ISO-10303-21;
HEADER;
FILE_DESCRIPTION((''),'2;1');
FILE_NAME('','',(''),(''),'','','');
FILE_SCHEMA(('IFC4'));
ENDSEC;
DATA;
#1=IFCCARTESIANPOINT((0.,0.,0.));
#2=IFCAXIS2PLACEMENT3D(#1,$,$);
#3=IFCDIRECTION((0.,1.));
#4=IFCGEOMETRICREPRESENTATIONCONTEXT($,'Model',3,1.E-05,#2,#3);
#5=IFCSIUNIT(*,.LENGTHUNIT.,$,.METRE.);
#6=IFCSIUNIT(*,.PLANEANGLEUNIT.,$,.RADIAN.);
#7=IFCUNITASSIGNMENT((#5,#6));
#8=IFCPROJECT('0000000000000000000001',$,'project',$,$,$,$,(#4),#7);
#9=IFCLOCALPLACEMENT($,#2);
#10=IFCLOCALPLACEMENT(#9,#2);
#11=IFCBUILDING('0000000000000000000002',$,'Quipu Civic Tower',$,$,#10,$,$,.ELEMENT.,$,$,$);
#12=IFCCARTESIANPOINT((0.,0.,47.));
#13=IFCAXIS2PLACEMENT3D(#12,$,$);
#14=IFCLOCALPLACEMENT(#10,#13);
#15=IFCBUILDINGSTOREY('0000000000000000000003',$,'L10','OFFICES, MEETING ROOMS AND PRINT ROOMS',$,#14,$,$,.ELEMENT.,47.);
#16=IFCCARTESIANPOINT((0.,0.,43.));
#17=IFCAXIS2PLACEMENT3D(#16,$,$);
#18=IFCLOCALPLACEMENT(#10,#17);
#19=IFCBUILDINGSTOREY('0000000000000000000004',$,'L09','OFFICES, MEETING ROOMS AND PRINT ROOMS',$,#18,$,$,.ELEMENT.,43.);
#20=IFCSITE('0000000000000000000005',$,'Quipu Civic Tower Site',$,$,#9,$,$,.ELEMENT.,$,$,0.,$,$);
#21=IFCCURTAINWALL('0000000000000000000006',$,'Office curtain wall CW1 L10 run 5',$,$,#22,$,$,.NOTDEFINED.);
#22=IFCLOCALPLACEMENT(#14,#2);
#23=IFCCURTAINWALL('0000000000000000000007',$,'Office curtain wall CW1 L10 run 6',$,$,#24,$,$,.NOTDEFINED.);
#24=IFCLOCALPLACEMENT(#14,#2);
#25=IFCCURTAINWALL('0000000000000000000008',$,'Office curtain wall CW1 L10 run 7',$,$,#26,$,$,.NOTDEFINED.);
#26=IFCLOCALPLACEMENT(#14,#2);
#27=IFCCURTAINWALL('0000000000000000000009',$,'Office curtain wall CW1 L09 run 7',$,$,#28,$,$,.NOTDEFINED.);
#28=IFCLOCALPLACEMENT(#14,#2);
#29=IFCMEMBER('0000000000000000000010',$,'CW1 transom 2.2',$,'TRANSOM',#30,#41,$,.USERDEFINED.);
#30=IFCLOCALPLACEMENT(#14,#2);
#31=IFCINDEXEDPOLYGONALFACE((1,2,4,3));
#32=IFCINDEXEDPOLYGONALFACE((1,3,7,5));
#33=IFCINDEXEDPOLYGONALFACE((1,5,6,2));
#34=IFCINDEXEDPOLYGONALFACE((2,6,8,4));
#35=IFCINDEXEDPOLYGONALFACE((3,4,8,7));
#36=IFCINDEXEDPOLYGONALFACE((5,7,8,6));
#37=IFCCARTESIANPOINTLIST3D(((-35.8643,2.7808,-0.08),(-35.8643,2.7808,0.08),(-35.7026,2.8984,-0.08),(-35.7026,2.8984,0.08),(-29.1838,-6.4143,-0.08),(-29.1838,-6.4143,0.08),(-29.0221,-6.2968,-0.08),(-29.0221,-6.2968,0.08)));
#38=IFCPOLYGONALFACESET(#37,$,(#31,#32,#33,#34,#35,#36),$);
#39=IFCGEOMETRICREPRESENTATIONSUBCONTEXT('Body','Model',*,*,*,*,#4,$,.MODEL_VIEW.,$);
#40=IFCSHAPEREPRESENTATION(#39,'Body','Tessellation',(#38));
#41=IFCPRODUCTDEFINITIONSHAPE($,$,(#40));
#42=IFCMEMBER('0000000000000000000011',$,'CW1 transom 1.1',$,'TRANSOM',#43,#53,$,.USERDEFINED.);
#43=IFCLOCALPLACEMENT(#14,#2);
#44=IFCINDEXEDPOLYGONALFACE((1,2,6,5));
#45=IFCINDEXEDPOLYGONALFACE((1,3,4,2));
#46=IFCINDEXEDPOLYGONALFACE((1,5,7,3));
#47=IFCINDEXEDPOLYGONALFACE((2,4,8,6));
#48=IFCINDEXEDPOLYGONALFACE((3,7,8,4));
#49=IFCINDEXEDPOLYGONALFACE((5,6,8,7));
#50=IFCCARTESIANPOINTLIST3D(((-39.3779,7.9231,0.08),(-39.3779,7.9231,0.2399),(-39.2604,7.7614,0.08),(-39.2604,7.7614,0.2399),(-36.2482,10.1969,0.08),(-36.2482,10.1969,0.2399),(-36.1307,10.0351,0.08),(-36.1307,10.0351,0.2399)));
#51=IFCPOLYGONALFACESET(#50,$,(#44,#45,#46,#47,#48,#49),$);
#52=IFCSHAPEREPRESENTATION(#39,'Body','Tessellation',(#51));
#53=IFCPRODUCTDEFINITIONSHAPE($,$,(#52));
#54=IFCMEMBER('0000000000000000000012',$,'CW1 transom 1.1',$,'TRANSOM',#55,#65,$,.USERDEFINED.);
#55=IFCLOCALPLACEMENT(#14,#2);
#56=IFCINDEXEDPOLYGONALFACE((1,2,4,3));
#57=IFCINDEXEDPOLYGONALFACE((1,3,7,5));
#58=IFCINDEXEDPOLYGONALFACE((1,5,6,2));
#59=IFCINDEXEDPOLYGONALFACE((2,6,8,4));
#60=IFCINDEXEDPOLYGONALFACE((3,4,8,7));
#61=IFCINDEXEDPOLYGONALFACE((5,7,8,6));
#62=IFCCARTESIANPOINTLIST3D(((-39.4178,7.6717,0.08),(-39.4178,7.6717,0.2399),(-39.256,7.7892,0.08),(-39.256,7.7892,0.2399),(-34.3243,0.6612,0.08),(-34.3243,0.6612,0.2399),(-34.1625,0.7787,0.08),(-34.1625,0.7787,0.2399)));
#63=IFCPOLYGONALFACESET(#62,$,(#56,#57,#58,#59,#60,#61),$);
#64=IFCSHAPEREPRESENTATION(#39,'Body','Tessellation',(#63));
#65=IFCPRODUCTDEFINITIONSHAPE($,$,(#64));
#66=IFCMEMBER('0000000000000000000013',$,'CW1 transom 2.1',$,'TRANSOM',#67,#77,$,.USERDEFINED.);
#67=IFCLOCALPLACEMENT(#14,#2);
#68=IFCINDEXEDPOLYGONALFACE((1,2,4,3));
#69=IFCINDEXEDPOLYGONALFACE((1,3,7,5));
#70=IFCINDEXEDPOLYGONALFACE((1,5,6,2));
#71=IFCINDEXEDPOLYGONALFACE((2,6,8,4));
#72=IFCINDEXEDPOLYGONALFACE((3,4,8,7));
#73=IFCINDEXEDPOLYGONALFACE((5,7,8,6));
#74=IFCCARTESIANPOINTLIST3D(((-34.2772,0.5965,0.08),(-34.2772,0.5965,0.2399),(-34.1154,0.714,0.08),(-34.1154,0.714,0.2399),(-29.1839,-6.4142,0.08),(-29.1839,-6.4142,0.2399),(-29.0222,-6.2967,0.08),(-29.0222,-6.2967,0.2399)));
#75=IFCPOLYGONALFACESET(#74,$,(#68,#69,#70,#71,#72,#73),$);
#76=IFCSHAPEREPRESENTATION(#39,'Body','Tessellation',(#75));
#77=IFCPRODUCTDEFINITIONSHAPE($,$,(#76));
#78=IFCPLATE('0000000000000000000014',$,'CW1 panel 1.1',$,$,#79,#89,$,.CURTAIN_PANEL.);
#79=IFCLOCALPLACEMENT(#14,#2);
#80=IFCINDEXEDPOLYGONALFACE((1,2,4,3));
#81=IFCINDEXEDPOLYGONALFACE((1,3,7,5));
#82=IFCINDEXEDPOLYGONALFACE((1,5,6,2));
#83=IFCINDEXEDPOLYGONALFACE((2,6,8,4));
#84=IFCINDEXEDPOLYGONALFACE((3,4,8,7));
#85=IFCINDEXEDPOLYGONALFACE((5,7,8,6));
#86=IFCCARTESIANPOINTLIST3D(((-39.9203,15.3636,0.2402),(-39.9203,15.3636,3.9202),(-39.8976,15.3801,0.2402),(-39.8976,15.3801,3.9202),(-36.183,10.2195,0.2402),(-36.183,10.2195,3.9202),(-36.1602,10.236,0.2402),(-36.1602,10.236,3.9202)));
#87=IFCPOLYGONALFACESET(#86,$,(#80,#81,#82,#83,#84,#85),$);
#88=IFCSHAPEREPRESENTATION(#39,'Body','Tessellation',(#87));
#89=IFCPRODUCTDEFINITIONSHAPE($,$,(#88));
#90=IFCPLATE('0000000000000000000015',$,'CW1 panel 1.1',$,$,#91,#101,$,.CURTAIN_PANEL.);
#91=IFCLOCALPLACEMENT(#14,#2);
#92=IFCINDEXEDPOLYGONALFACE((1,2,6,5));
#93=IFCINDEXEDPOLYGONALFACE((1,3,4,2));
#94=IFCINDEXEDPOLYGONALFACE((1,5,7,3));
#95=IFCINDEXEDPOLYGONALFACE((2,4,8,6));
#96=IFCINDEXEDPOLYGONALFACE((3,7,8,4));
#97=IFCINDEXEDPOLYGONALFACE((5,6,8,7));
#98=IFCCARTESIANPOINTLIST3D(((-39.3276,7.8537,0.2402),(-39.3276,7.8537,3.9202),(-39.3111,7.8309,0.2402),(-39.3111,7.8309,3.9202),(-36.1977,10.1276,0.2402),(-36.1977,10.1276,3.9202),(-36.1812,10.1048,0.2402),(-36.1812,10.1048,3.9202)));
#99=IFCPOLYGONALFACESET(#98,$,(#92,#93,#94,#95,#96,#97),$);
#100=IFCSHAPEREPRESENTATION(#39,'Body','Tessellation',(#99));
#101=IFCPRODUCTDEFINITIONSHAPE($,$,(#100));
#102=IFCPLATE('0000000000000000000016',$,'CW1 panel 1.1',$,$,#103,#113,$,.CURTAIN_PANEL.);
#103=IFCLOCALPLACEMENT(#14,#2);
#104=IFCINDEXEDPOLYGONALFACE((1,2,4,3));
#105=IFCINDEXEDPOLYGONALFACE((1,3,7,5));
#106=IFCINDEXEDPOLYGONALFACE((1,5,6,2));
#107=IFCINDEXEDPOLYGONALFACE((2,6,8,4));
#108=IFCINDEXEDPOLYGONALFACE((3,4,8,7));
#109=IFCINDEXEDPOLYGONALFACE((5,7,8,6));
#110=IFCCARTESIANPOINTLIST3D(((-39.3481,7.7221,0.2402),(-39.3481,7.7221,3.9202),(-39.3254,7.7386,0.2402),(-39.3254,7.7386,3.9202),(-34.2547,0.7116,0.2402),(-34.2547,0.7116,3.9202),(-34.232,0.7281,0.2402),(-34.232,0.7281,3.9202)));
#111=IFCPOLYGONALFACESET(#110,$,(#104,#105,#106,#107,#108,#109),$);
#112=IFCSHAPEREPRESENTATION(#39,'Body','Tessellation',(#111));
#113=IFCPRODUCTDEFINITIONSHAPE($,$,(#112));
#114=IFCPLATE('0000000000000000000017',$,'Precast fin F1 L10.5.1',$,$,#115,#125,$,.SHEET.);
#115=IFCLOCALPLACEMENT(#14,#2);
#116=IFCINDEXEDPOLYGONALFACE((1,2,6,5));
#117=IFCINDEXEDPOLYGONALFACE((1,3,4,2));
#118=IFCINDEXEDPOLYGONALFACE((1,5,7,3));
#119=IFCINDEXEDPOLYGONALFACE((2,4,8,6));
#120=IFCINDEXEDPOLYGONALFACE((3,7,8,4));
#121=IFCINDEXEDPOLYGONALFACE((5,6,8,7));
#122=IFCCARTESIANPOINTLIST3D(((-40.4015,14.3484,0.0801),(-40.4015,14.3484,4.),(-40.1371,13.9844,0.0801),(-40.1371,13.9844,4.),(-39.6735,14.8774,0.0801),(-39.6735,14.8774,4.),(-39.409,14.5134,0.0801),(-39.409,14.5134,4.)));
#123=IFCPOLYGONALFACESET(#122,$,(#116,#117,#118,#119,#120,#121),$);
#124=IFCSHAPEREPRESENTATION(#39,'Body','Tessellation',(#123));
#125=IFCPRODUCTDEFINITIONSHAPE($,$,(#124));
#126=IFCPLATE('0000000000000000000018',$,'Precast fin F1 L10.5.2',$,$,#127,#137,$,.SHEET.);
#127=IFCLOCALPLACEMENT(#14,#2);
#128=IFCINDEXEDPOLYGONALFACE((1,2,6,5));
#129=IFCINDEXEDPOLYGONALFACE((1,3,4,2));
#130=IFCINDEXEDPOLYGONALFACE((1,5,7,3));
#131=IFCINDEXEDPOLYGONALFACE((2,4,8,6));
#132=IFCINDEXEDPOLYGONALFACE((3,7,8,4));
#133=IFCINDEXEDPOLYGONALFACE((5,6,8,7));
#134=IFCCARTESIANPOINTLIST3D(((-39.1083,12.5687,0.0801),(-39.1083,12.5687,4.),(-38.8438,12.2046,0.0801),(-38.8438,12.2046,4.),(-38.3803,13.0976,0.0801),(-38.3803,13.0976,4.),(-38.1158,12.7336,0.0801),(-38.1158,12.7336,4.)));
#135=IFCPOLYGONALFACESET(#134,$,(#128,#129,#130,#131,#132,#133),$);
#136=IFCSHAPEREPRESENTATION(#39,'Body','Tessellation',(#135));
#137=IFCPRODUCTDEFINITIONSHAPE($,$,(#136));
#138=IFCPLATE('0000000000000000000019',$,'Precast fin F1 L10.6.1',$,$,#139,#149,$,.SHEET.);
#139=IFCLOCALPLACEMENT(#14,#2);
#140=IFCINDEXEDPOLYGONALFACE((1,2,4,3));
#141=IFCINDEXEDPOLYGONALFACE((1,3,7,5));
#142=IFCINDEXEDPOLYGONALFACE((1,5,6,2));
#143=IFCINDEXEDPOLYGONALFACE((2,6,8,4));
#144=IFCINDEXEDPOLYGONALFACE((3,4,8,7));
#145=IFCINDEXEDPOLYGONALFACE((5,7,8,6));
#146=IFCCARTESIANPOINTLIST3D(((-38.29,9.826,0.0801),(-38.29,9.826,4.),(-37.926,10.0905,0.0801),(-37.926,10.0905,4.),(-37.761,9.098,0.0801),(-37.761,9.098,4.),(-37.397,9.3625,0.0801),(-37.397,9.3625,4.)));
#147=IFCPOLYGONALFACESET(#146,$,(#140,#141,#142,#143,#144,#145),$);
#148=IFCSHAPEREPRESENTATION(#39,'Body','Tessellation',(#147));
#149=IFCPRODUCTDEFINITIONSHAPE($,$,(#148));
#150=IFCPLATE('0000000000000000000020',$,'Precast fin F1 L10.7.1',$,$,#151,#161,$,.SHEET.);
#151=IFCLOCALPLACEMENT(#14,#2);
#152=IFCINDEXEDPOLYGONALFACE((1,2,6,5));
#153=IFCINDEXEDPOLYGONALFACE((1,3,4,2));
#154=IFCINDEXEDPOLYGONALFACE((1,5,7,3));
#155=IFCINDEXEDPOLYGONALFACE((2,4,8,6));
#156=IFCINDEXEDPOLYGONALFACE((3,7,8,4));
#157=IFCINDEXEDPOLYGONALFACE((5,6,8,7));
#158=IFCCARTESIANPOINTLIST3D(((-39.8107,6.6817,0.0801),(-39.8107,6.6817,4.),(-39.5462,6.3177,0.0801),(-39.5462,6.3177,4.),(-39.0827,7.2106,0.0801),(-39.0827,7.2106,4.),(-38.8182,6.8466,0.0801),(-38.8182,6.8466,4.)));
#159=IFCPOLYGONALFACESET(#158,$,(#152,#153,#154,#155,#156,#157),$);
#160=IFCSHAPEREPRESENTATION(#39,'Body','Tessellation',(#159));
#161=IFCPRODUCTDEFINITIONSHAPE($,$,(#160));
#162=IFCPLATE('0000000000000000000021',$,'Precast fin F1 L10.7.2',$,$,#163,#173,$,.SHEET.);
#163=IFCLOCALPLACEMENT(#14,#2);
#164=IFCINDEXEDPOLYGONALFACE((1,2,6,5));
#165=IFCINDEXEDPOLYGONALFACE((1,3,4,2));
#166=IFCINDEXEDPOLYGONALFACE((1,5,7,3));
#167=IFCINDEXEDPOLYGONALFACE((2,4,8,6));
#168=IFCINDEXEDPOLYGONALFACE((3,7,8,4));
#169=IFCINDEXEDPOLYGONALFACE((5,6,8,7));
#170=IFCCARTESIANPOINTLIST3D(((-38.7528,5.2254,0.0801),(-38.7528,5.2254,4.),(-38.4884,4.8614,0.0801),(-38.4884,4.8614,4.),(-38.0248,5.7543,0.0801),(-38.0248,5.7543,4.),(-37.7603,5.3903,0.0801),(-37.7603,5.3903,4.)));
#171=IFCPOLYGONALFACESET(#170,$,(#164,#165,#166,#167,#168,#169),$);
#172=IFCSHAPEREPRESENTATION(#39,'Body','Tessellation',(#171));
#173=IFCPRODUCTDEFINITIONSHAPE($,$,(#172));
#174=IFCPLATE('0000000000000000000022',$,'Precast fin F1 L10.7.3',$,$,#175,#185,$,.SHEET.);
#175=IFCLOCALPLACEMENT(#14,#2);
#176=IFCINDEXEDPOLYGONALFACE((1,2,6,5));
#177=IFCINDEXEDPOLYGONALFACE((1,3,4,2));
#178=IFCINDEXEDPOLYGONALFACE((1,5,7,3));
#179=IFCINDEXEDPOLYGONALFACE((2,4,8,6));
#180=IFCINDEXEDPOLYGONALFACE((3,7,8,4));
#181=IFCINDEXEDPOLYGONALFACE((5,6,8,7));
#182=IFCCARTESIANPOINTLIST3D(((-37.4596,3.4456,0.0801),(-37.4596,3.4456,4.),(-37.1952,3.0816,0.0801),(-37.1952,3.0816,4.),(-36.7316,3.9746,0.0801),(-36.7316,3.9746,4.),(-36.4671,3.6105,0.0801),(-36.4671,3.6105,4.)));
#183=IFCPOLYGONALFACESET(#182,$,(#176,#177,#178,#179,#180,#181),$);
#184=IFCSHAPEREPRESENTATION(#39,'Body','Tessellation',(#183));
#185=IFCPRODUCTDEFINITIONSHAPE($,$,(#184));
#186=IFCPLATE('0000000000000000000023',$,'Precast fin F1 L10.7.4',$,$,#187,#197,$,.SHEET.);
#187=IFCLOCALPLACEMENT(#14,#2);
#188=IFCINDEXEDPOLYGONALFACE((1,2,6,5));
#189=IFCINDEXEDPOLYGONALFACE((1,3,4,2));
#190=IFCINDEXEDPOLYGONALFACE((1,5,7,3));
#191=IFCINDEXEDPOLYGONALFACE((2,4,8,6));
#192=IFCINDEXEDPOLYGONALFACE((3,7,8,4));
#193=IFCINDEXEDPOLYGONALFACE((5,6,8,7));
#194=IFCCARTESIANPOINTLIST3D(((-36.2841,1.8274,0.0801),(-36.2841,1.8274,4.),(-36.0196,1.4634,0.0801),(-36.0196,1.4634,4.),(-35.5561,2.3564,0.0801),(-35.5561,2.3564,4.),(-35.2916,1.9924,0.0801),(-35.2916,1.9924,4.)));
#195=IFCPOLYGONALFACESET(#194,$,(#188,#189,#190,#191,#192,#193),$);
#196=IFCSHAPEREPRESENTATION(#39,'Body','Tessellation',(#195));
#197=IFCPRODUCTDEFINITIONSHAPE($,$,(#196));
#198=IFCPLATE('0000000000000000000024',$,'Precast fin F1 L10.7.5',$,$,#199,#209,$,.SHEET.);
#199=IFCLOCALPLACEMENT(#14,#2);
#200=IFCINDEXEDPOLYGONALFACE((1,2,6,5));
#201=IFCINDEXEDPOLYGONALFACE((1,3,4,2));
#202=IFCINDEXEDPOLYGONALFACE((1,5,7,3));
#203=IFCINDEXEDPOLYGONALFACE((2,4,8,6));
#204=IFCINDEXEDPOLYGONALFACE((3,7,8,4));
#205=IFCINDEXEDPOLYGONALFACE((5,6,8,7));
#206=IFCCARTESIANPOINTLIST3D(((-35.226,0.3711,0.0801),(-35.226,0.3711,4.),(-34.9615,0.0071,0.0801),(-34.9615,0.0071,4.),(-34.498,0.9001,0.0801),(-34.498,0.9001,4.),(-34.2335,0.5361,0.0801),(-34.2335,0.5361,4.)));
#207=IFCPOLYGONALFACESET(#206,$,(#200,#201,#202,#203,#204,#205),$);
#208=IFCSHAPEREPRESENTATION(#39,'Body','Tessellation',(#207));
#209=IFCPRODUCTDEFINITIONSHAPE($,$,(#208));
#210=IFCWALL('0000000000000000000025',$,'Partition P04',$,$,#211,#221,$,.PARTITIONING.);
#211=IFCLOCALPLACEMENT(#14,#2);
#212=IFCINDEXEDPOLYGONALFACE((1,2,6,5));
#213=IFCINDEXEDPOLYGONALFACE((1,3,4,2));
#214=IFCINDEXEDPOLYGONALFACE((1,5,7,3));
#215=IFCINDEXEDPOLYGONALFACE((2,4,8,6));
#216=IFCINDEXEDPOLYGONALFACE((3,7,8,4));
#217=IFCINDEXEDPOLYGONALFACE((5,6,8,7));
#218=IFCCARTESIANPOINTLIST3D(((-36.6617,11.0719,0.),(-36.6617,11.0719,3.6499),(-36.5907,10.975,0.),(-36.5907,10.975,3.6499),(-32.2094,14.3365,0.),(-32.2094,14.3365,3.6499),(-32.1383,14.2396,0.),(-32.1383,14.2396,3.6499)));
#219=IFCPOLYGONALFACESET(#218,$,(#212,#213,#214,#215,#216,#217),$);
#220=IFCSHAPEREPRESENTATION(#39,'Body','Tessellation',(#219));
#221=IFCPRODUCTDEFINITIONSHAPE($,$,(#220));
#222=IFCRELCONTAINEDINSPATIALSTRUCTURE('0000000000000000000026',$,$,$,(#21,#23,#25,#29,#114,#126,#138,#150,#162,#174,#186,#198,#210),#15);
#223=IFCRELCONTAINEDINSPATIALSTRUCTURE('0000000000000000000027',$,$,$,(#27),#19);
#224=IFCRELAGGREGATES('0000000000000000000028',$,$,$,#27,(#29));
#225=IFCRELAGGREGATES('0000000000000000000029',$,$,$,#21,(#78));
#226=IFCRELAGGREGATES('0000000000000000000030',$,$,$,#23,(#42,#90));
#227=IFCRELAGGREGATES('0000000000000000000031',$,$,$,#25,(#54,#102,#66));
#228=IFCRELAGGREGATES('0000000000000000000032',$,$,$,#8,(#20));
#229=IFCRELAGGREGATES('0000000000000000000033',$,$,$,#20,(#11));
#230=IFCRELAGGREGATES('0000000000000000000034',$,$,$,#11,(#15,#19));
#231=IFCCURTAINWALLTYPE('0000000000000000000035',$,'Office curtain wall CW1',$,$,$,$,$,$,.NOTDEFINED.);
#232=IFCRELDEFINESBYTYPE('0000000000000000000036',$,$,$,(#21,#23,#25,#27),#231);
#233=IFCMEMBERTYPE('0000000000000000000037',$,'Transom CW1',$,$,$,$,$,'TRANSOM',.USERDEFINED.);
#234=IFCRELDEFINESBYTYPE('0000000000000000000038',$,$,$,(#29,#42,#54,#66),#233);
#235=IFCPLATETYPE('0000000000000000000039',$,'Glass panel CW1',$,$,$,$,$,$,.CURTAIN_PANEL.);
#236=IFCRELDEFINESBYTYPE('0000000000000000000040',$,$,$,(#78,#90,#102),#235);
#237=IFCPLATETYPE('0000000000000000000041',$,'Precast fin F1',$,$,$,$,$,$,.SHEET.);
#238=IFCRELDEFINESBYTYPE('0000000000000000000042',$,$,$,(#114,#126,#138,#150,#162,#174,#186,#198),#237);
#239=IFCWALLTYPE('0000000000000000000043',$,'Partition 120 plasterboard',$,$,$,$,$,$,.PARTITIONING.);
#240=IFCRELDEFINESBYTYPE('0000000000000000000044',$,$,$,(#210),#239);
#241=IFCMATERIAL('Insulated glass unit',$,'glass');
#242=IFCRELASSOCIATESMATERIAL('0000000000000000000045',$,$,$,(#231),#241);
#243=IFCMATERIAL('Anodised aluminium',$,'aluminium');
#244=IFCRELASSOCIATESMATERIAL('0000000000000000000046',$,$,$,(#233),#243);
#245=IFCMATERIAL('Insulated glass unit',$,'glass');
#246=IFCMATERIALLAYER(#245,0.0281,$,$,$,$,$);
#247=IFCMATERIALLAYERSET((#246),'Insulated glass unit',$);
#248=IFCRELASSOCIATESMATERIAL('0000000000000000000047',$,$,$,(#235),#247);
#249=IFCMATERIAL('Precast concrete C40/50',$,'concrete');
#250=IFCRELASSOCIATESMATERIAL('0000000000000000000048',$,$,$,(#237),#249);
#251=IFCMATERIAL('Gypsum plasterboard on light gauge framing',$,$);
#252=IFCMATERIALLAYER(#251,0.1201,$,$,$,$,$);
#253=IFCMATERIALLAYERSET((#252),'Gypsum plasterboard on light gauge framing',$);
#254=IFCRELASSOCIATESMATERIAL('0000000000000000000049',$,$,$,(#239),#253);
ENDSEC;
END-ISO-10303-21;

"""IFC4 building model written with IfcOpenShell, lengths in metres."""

from ifc_helpers import new_model, si_unit, direction, frame, frame_2d, origin, origin_2d, place, context, subcontext, project, spatial, rectangle, extrude, material, layer, layer_set, material_profile, profile_set, type_object, element, aggregate, save


model = new_model("IFC4")

# Units and contexts
model_context = context("Model", 3, precision=1e-05, world=origin(), true_north=direction((0.0, 1.0)))
body_context = subcontext(model_context, "Body", "Model", "MODEL_VIEW")
ifc_project = project(units=[si_unit("LENGTHUNIT", "METRE"), si_unit("PLANEANGLEUNIT", "RADIAN")], contexts=[model_context])

# Site, building, storey
site_placement = place(None, origin())
site = spatial("IfcSite", under=ifc_project, at=site_placement, Name="Quipu Civic Tower Site", CompositionType="ELEMENT", RefElevation=0.0)
building_placement = place(site_placement, origin())
building = spatial("IfcBuilding", under=site, at=building_placement, Name="Quipu Civic Tower", CompositionType="ELEMENT")
storey_1_placement = place(building_placement, frame((0.0, 0.0, 47.0)))
storey_1 = spatial("IfcBuildingStorey", under=building, at=storey_1_placement, Name="L10", Description="OFFICES, MEETING ROOMS AND PRINT ROOMS", CompositionType="ELEMENT", Elevation=47.0)

# Curtain wall
ifc_material_1 = material(Name="Insulated glass unit", Category="glass")
curtain_wall_type = type_object("IfcCurtainWallType", Name="Office curtain wall CW1", PredefinedType="NOTDEFINED", material=ifc_material_1)
curtain_wall_1_placement = place(storey_1_placement, origin())
curtain_wall_1 = element("IfcCurtainWall", 1, at=curtain_wall_1_placement, inside=storey_1, type_object=curtain_wall_type, Name="Office curtain wall CW1 L10 run 5", PredefinedType="NOTDEFINED")

# Curtain walls
curtain_wall_2_placement = place(storey_1_placement, origin())
curtain_wall_2 = element("IfcCurtainWall", 2, at=curtain_wall_2_placement, inside=storey_1, type_object=curtain_wall_type, Name="Office curtain wall CW1 L10 run 6", PredefinedType="NOTDEFINED")
curtain_wall_3_placement = place(storey_1_placement, origin())
curtain_wall_3 = element("IfcCurtainWall", 3, at=curtain_wall_3_placement, inside=storey_1, type_object=curtain_wall_type, Name="Office curtain wall CW1 L10 run 7", PredefinedType="NOTDEFINED")

# Shared definitions
storey_2_placement = place(building_placement, frame((0.0, 0.0, 43.0)))
storey_2 = spatial("IfcBuildingStorey", under=building, at=storey_2_placement, Name="L09", Description="OFFICES, MEETING ROOMS AND PRINT ROOMS", CompositionType="ELEMENT", Elevation=43.0)

# Shared definitions
ifc_material_2 = material(Name="Anodised aluminium", Category="aluminium")
ifc_material_profile_1 = material_profile(ifc_material_2, rectangle(XDim=0.2, YDim=0.1599, at=origin_2d()), Name="RECT 200x160")
ifc_profile_set_1 = profile_set([ifc_material_profile_1], Name="Anodised aluminium")
member_type_1 = type_object("IfcMemberType", Name="Transom CW1", ElementType="TRANSOM", PredefinedType="USERDEFINED", material=ifc_profile_set_1)

# Curtain wall, member
curtain_wall_4_placement = place(storey_2_placement, origin())
curtain_wall_4 = element("IfcCurtainWall", 4, at=curtain_wall_4_placement, inside=storey_2, type_object=curtain_wall_type, Name="Office curtain wall CW1 L09 run 7", PredefinedType="NOTDEFINED")
member_1_placement = place(storey_1_placement, frame((-35.7834, 2.8396, 0.0), z_axis=(0.587774, -0.809025, 0.0), x_axis=(0.809025, 0.587774, 0.0)))
member_1 = element("IfcMember", 5, at=member_1_placement, inside=storey_1, type_object=member_type_1, Name="CW1 transom 2.2", ObjectType="TRANSOM", PredefinedType="USERDEFINED", context=body_context, shape_type="SweptSolid", body=[
    extrude(rectangle(XDim=0.2, YDim=0.1599, at=origin_2d()), origin(), (0.0, 0.0, 1.0), 11.3657),
])
aggregate(curtain_wall_4, [member_1])

# Members
member_2_placement = place(storey_1_placement, frame((-36.1895, 10.116, 0.1599), z_axis=(-0.809033, -0.587763, 0.0), x_axis=(0.587763, -0.809033, 0.0)))
member_2 = element("IfcMember", 6, at=member_2_placement, type_object=member_type_1, Name="CW1 transom 1.1", ObjectType="TRANSOM", PredefinedType="USERDEFINED", context=body_context, shape_type="SweptSolid", body=[
    extrude(rectangle(XDim=0.2, YDim=0.1599, at=origin_2d()), origin(), (0.0, 0.0, 1.0), 3.8684),
])
member_3_placement = place(storey_1_placement, frame((-39.3369, 7.7305, 0.1599), z_axis=(0.587791, -0.809013, 0.0), x_axis=(0.809013, 0.587791, 0.0)))
member_3 = element("IfcMember", 7, at=member_3_placement, type_object=member_type_1, Name="CW1 transom 1.1", ObjectType="TRANSOM", PredefinedType="USERDEFINED", context=body_context, shape_type="SweptSolid", body=[
    extrude(rectangle(XDim=0.2, YDim=0.1599, at=origin_2d()), origin(), (0.0, 0.0, 1.0), 8.6655),
])
member_4_placement = place(storey_1_placement, frame((-34.1963, 0.6553, 0.1599), z_axis=(0.58776, -0.809036, 0.0), x_axis=(0.809036, 0.58776, 0.0)))
member_4 = element("IfcMember", 8, at=member_4_placement, type_object=member_type_1, Name="CW1 transom 2.1", ObjectType="TRANSOM", PredefinedType="USERDEFINED", context=body_context, shape_type="SweptSolid", body=[
    extrude(rectangle(XDim=0.2, YDim=0.1599, at=origin_2d()), origin(), (0.0, 0.0, 1.0), 8.6655),
])

# Plates
ifc_material_3 = material(Name="Insulated glass unit", Category="glass")
ifc_layer_1 = layer(ifc_material_3, 0.0281)
ifc_layer_set_1 = layer_set([ifc_layer_1], Name="Insulated glass unit")
plate_type_1 = type_object("IfcPlateType", Name="Glass panel CW1", PredefinedType="CURTAIN_PANEL", material=ifc_layer_set_1)
plate_1_placement = place(storey_1_placement, frame((-38.0403, 12.7998, 0.2402), z_axis=(0.0, 0.0, 1.0), x_axis=(0.587783, -0.809019, 0.0)))
plate_1 = element("IfcPlate", 9, at=plate_1_placement, type_object=plate_type_1, Name="CW1 panel 1.1", PredefinedType="CURTAIN_PANEL", context=body_context, shape_type="SweptSolid", body=[
    extrude(rectangle(XDim=6.3584, YDim=0.0281, at=origin_2d()), origin(), (0.0, 0.0, 1.0), 3.6799),
])
aggregate(curtain_wall_1, [plate_1])
plate_2_placement = place(storey_1_placement, frame((-37.7544, 8.9792, 0.2402), z_axis=(0.0, 0.0, 1.0), x_axis=(-0.809023, -0.587778, 0.0)))
plate_2 = element("IfcPlate", 10, at=plate_2_placement, type_object=plate_type_1, Name="CW1 panel 1.1", PredefinedType="CURTAIN_PANEL", context=body_context, shape_type="SweptSolid", body=[
    extrude(rectangle(XDim=3.8687, YDim=0.0281, at=origin_2d()), origin(), (0.0, 0.0, 1.0), 3.6799),
])
aggregate(curtain_wall_2, [member_2, plate_2])
plate_3_placement = place(storey_1_placement, frame((-36.79, 4.2251, 0.2402), z_axis=(0.0, 0.0, 1.0), x_axis=(0.587785, -0.809018, 0.0)))
plate_3 = element("IfcPlate", 11, at=plate_3_placement, type_object=plate_type_1, Name="CW1 panel 1.1", PredefinedType="CURTAIN_PANEL", context=body_context, shape_type="SweptSolid", body=[
    extrude(rectangle(XDim=8.6655, YDim=0.0281, at=origin_2d()), origin(), (0.0, 0.0, 1.0), 3.6799),
])
aggregate(curtain_wall_3, [member_3, plate_3, member_4])

# Plates
ifc_material_4 = material(Name="Precast concrete C40/50", Category="concrete")
plate_type_2 = type_object("IfcPlateType", Name="Precast fin F1", PredefinedType="SHEET", material=ifc_material_4)
for number, where, z_axis, x_axis, name in (
    (12, (-39.9053, 14.4309, 0.0801), (0.0, 0.0, 1.0), (0.587784, -0.809018, 0.0), "Precast fin F1 L10.5.1"),
    (13, (-38.6121, 12.6511, 0.0801), (0.0, 0.0, 1.0), (0.587784, -0.809018, 0.0), "Precast fin F1 L10.5.2"),
    (14, (-37.8435, 9.5942, 0.0801), (0.0, 0.0, 1.0), (-0.809023, -0.587778, 0.0), "Precast fin F1 L10.6.1"),
    (15, (-39.3145, 6.7642, 0.0801), (0.0, 0.0, 1.0), (0.587785, -0.809017, 0.0), "Precast fin F1 L10.7.1"),
    (16, (-38.2566, 5.3079, 0.0801), (0.0, 0.0, 1.0), (0.587785, -0.809017, 0.0), "Precast fin F1 L10.7.2"),
    (17, (-36.9634, 3.5281, 0.0801), (0.0, 0.0, 1.0), (0.587785, -0.809017, 0.0), "Precast fin F1 L10.7.3"),
    (18, (-35.7878, 1.9099, 0.0801), (0.0, 0.0, 1.0), (0.587785, -0.809017, 0.0), "Precast fin F1 L10.7.4"),
    (19, (-34.7297, 0.4536, 0.0801), (0.0, 0.0, 1.0), (0.587785, -0.809017, 0.0), "Precast fin F1 L10.7.5"),
):
    element("IfcPlate", number, at=place(storey_1_placement, frame(where, z_axis=z_axis, x_axis=x_axis)), inside=storey_1, type_object=plate_type_2, Name=name, PredefinedType="SHEET", context=body_context, shape_type="SweptSolid", body=[
        extrude(rectangle(XDim=0.45, YDim=0.8999, at=origin_2d()), origin(), (0.0, 0.0, 1.0), 3.9199),
    ])

# Wall
ifc_material_5 = material(Name="Gypsum plasterboard on light gauge framing")
ifc_layer_2 = layer(ifc_material_5, 0.1201)
ifc_layer_set_2 = layer_set([ifc_layer_2], Name="Gypsum plasterboard on light gauge framing")
wall_type = type_object("IfcWallType", Name="Partition 120 plasterboard", PredefinedType="PARTITIONING", material=ifc_layer_set_2)
wall_1_placement = place(storey_1_placement, frame((-36.6262, 11.0234, 0.0), z_axis=(0.0, 0.0, 1.0), x_axis=(0.806443, 0.591312, 0.0)))
element("IfcWall", 20, at=wall_1_placement, inside=storey_1, type_object=wall_type, Name="Partition P04", PredefinedType="PARTITIONING", context=body_context, shape_type="SweptSolid", body=[
    extrude(rectangle(XDim=5.521, YDim=0.1201, at=frame_2d((2.7605, 0.0))), origin(), (0.0, 0.0, 1.0), 3.6499),
])

save(model, "model.ifc")
